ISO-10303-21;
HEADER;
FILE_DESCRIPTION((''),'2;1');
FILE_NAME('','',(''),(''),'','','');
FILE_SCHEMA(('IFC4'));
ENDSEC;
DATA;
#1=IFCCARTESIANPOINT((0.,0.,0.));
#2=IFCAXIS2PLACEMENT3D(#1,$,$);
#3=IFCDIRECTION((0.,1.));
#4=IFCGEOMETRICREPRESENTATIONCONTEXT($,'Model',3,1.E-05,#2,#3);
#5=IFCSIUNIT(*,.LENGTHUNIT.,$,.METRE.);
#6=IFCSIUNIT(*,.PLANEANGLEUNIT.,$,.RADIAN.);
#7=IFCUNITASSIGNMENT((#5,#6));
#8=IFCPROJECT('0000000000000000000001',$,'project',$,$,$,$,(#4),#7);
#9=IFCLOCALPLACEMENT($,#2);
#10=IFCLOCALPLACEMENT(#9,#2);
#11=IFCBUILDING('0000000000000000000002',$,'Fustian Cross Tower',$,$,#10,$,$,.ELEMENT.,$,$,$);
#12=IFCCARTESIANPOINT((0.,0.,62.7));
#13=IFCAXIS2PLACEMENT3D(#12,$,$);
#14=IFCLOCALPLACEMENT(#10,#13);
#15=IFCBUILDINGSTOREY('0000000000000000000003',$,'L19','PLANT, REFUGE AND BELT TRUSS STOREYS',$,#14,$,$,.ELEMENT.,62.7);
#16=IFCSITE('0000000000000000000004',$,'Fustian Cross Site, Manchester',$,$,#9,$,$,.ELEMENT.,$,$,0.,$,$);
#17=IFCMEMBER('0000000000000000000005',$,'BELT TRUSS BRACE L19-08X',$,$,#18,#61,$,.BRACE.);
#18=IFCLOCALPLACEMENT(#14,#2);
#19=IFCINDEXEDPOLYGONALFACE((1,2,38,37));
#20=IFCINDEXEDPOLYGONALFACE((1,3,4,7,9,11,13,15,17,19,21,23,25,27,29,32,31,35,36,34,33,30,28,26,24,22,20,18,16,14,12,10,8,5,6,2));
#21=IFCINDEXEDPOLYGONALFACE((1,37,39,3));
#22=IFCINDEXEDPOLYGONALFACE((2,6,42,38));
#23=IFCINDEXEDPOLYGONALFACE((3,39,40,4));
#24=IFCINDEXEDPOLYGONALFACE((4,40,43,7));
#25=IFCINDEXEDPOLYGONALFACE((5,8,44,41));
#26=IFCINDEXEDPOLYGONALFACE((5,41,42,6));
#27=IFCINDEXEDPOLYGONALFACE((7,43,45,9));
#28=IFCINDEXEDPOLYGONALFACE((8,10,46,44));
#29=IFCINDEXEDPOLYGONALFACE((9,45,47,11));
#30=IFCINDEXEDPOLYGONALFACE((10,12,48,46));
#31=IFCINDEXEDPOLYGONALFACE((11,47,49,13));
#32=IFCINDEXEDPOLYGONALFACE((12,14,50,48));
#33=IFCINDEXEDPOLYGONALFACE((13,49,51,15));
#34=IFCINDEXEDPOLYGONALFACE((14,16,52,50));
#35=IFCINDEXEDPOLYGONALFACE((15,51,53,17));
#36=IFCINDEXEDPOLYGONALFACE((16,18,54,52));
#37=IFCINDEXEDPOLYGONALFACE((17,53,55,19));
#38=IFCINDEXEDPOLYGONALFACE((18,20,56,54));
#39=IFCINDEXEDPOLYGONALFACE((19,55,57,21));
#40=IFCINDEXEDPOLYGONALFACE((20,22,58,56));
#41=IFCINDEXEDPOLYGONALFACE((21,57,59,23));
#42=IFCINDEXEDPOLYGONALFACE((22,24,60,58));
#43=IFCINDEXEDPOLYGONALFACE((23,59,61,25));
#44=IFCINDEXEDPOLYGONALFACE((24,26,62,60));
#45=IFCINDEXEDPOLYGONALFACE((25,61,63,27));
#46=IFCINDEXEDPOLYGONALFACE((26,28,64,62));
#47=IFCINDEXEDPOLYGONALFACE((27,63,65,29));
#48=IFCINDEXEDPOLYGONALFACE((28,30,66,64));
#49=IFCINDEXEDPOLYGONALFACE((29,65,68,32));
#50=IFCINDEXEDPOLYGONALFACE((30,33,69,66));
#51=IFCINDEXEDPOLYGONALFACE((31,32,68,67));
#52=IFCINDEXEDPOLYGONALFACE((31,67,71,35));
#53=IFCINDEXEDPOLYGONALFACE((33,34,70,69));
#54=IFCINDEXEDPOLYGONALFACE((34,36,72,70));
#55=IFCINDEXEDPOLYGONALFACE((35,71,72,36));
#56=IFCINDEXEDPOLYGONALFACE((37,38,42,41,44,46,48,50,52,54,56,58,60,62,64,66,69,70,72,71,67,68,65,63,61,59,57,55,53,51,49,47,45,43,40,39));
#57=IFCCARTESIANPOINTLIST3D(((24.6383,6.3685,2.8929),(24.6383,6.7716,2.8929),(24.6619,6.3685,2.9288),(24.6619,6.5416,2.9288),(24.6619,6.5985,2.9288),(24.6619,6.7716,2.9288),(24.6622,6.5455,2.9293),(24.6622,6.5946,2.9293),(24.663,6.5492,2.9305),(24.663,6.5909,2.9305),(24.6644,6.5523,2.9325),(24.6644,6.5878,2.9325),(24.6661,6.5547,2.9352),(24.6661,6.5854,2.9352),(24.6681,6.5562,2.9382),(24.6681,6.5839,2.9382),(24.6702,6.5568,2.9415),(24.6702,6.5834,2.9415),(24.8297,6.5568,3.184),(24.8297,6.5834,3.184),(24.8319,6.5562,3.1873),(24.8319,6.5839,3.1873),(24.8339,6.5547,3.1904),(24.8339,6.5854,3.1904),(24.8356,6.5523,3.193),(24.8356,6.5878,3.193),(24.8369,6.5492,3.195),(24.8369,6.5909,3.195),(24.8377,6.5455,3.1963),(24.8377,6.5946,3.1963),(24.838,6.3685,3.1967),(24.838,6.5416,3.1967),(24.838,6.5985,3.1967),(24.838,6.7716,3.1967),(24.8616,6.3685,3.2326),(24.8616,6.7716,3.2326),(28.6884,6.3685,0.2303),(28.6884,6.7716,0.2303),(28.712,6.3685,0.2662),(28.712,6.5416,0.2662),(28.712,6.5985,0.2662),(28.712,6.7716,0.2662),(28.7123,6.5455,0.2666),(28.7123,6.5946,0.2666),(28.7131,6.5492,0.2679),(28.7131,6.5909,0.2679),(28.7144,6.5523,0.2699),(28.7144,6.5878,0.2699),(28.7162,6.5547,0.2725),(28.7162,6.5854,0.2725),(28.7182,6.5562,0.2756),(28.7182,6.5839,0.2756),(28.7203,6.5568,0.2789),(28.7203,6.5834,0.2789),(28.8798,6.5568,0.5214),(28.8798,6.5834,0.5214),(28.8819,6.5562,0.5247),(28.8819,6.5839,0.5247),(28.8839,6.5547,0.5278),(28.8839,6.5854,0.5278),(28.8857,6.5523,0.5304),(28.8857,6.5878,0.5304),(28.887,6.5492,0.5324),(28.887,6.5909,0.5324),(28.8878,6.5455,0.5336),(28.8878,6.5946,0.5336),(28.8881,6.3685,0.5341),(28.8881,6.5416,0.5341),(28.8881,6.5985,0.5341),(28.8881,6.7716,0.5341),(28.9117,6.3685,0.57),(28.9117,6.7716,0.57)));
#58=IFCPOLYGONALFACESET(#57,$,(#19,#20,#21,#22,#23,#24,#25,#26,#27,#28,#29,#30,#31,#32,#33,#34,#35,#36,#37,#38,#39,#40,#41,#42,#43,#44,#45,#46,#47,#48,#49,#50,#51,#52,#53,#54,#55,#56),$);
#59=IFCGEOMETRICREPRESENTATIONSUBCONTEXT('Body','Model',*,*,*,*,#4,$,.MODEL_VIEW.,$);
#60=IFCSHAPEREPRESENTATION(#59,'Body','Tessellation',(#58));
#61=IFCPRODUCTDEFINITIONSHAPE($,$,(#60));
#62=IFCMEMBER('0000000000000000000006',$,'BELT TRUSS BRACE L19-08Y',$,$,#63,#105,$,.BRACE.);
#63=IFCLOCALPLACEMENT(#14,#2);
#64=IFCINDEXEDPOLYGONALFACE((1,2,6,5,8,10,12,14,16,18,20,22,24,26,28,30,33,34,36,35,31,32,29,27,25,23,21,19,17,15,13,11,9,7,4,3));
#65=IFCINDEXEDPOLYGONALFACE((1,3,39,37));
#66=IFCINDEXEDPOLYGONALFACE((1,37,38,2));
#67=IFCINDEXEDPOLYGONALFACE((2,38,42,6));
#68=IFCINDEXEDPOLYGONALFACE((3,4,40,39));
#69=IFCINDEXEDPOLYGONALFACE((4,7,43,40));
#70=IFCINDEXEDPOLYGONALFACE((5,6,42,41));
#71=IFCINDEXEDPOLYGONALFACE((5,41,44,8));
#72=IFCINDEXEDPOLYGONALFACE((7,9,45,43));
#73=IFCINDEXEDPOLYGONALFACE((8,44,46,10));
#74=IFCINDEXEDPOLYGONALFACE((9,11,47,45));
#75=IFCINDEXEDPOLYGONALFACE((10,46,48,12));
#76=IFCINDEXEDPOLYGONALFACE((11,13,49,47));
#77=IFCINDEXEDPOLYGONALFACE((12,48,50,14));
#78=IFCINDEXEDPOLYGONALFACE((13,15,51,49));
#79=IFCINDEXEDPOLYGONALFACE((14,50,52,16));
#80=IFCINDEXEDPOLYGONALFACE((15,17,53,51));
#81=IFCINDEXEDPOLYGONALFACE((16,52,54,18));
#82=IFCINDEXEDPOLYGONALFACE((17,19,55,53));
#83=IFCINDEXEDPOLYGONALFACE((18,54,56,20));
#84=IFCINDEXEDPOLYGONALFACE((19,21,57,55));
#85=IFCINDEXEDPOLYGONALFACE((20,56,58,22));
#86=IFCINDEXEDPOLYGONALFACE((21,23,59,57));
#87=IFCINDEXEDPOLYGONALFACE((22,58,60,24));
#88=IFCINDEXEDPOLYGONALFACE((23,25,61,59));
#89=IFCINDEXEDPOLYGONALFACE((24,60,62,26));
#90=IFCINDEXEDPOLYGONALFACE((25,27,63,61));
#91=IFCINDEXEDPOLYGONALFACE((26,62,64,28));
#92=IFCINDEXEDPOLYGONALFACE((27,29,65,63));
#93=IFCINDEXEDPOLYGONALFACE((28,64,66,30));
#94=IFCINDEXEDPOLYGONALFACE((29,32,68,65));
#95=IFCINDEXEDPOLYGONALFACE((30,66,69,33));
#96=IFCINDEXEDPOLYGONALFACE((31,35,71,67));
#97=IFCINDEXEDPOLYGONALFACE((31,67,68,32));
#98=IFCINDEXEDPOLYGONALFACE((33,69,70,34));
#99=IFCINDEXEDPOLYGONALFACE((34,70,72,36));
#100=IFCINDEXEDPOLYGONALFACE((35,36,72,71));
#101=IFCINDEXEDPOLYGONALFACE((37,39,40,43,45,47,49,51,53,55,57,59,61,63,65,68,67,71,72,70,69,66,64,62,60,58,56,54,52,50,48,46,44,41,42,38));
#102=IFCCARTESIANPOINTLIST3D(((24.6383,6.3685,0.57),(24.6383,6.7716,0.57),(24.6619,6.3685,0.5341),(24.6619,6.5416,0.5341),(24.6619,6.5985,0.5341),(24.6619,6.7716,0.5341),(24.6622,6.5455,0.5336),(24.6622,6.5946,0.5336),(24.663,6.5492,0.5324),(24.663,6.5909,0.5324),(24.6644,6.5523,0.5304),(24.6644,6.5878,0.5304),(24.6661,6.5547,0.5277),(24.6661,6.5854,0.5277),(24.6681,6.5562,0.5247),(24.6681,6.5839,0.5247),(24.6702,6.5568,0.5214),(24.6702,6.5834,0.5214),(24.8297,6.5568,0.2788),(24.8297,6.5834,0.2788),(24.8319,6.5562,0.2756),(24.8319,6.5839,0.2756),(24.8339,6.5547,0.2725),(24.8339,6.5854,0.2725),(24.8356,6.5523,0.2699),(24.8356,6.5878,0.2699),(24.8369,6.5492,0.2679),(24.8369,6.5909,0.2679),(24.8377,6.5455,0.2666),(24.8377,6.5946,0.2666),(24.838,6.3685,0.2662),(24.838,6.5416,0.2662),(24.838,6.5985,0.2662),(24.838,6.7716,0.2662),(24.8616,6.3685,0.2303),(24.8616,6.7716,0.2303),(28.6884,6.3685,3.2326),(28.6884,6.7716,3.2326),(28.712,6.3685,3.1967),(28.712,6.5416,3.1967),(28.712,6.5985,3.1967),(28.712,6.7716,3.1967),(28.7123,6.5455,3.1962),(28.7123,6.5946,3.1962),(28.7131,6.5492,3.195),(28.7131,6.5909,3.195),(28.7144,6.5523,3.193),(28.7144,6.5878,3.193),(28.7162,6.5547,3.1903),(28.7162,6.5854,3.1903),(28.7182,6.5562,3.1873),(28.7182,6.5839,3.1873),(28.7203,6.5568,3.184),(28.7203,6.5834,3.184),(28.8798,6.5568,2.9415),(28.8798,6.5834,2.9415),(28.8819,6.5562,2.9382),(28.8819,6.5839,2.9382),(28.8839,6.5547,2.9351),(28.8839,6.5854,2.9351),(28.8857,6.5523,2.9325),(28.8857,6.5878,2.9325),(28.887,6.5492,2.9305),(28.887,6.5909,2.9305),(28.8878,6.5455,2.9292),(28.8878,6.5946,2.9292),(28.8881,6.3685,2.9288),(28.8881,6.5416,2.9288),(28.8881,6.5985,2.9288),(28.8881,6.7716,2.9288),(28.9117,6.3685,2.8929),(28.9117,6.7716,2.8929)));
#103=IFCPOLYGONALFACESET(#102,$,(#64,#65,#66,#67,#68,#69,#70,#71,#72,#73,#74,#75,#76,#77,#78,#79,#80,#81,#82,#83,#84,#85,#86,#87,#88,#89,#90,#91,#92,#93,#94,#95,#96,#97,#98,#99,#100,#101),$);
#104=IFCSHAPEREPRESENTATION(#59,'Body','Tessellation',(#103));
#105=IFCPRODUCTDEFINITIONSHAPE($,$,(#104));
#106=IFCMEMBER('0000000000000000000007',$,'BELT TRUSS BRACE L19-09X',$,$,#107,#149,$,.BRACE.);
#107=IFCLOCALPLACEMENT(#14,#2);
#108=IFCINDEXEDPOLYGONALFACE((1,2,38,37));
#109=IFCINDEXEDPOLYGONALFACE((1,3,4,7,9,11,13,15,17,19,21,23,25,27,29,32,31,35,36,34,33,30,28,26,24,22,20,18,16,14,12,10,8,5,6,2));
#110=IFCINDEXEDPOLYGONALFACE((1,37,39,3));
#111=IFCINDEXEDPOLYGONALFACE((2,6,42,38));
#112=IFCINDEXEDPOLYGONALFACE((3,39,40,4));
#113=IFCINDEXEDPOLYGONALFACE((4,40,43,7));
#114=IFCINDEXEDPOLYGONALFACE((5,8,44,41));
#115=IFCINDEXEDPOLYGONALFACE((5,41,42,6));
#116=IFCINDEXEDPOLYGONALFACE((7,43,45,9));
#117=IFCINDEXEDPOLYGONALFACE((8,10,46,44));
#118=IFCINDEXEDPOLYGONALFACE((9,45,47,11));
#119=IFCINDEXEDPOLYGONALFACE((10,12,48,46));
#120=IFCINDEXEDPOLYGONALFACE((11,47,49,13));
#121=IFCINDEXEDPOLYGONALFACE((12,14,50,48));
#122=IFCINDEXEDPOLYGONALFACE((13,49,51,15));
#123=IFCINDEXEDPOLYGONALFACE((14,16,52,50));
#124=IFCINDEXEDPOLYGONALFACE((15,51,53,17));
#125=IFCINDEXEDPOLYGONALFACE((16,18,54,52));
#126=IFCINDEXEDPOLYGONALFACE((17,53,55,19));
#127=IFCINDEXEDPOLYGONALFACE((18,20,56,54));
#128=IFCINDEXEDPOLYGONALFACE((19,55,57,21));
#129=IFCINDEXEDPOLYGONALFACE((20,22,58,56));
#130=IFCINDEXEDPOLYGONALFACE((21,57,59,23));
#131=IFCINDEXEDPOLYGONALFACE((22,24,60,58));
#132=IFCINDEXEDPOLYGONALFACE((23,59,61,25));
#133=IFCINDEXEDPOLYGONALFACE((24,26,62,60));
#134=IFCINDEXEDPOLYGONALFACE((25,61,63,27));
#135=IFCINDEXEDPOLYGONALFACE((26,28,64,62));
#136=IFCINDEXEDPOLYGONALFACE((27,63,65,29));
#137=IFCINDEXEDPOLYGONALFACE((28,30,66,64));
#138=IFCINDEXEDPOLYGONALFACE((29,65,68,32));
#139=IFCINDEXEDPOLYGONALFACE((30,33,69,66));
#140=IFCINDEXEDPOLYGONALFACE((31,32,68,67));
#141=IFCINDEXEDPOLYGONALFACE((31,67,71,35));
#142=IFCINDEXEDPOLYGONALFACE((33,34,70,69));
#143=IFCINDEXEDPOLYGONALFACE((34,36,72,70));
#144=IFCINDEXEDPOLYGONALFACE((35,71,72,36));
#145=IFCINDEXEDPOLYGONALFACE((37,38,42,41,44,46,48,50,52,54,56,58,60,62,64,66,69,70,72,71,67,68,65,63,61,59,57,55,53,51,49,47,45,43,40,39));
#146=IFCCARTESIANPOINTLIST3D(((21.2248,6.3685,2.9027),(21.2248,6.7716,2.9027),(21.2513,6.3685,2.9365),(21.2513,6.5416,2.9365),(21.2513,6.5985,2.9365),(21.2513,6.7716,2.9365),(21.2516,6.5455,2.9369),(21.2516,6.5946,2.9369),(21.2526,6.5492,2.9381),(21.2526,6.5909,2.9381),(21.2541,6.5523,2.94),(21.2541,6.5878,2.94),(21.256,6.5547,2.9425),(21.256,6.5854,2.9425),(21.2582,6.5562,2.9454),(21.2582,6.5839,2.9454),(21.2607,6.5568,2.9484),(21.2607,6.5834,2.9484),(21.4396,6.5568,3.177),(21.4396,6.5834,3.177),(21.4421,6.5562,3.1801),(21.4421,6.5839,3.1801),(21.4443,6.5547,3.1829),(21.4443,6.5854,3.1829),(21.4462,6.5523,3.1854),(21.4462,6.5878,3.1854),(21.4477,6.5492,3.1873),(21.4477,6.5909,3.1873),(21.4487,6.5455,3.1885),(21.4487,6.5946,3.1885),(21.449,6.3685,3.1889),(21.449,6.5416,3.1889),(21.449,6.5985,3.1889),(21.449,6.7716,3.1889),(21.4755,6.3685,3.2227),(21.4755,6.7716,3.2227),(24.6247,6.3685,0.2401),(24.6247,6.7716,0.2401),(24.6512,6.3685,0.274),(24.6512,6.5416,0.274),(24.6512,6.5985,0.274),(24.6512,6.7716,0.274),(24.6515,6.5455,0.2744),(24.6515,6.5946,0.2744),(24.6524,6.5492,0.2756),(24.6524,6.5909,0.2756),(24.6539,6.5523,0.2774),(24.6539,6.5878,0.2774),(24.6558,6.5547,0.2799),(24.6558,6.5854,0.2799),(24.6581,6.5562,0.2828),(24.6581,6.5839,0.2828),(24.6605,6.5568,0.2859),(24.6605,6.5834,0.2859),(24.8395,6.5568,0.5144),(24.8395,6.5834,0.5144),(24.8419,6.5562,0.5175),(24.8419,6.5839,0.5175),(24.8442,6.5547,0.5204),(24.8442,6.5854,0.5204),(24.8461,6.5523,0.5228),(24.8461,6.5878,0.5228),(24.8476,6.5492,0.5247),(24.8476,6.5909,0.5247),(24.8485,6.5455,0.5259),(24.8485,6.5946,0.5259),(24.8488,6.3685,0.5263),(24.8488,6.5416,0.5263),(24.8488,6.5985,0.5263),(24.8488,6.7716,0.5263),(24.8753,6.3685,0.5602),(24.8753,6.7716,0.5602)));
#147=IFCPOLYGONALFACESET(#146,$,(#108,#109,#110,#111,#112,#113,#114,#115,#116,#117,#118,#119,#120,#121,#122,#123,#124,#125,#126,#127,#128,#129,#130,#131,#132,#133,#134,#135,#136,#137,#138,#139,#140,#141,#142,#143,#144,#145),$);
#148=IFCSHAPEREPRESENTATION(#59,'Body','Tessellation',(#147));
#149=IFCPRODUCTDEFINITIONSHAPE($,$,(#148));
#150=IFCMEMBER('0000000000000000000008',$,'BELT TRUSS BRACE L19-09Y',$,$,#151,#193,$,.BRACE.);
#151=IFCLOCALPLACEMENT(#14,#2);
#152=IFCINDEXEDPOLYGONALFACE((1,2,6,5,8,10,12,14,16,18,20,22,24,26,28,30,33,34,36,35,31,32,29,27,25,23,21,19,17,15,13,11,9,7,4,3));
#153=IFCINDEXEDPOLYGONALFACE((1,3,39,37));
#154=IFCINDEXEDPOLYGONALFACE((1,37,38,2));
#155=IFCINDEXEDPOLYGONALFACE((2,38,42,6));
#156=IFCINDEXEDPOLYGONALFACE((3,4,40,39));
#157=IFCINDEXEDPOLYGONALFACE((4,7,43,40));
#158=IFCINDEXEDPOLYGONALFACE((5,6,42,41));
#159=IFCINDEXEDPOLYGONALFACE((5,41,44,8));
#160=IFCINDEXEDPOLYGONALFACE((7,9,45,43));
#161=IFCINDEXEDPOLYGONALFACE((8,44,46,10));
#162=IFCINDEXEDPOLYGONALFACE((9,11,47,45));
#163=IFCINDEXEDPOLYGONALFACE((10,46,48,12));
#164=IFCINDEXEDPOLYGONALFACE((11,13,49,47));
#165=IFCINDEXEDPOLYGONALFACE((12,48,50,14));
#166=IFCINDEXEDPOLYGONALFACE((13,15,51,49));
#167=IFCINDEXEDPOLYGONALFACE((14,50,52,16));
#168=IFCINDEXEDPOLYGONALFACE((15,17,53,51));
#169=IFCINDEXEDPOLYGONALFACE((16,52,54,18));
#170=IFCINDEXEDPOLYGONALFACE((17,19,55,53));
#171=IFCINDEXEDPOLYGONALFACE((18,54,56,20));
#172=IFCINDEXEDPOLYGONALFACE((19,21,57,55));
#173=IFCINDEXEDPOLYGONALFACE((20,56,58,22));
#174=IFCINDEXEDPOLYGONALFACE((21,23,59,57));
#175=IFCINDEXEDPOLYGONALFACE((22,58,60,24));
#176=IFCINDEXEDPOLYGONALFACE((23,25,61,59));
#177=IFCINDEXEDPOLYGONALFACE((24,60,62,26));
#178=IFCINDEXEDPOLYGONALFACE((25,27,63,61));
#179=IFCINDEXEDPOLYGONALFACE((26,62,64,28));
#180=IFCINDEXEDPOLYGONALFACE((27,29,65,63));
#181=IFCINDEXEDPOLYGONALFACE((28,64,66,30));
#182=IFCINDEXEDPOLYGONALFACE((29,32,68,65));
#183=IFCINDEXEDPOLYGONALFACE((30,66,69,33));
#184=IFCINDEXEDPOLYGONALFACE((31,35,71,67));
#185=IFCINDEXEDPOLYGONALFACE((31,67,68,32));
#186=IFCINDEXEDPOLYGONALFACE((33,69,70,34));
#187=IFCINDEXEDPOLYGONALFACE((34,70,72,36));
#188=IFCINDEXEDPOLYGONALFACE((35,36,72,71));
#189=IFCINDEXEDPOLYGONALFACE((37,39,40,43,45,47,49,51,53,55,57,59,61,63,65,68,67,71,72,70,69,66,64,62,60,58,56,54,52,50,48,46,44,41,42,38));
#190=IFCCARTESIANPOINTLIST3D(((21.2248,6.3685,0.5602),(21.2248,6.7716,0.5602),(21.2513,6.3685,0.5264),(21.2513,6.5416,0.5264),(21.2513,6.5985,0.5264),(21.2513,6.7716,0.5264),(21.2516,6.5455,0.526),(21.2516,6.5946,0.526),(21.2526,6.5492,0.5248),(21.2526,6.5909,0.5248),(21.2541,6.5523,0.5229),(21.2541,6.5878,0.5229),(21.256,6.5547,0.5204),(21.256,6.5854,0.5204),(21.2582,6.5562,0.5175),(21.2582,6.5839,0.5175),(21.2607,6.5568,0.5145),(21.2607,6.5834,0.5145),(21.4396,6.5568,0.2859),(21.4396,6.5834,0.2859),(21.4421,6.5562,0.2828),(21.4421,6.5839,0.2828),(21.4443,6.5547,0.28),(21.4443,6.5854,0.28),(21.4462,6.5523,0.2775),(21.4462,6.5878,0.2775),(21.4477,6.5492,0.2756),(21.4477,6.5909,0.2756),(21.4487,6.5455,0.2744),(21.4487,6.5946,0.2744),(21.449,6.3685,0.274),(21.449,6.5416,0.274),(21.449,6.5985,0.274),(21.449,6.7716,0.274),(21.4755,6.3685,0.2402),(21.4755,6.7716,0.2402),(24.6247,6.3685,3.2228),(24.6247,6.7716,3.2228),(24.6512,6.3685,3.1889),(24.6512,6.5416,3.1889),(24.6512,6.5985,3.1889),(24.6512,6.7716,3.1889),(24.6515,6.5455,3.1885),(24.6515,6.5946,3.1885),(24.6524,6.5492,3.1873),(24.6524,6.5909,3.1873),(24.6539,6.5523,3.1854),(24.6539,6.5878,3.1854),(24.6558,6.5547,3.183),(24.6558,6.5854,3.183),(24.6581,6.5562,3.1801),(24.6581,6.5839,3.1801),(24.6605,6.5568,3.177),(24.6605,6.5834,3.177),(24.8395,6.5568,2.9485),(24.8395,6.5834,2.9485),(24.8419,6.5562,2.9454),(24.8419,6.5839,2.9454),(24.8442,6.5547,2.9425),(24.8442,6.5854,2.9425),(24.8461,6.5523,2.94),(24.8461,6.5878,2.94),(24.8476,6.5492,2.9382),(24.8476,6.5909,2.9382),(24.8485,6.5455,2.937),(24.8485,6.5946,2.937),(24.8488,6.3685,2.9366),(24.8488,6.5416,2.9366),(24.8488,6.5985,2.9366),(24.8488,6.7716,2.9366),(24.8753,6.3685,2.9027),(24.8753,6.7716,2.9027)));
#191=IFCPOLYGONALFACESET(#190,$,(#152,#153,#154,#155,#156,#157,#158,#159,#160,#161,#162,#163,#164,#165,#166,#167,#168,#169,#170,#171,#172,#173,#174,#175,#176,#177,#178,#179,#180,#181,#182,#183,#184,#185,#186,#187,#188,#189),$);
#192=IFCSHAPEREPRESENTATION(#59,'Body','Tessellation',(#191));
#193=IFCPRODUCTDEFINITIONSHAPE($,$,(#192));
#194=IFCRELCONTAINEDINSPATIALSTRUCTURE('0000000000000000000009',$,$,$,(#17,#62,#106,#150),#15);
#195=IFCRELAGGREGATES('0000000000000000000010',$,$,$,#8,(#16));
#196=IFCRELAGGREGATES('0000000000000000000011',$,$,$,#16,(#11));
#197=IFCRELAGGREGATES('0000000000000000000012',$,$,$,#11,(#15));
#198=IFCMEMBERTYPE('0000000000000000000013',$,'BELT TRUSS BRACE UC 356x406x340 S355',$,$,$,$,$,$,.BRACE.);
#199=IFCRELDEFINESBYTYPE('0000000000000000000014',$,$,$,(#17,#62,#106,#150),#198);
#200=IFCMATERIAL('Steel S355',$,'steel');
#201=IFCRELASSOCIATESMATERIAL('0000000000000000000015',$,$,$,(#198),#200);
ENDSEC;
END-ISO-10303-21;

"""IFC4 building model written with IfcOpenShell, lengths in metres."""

from ifc_helpers import new_model, si_unit, direction, frame, origin, origin_2d, place, context, subcontext, project, spatial, i_section, extrude, material, material_profile, profile_set, type_object, element, save


model = new_model("IFC4")

# Units and contexts
model_context = context("Model", 3, precision=1e-05, world=origin(), true_north=direction((0.0, 1.0)))
body_context = subcontext(model_context, "Body", "Model", "MODEL_VIEW")
ifc_project = project(units=[si_unit("LENGTHUNIT", "METRE"), si_unit("PLANEANGLEUNIT", "RADIAN")], contexts=[model_context])

# Site, building, storey
site_placement = place(None, origin())
site = spatial("IfcSite", under=ifc_project, at=site_placement, Name="Fustian Cross Site, Manchester", CompositionType="ELEMENT", RefElevation=0.0)
building_placement = place(site_placement, origin())
building = spatial("IfcBuilding", under=site, at=building_placement, Name="Fustian Cross Tower", CompositionType="ELEMENT")
storey_placement = place(building_placement, frame((0.0, 0.0, 62.7)))
storey = spatial("IfcBuildingStorey", under=building, at=storey_placement, Name="L19", Description="PLANT, REFUGE AND BELT TRUSS STOREYS", CompositionType="ELEMENT", Elevation=62.7)

# Members
ifc_material_1 = material(Name="Steel S355", Category="steel")
ifc_material_profile_1 = material_profile(ifc_material_1, i_section(OverallWidth=0.4031, OverallDepth=0.4065, WebThickness=0.0266, FlangeThickness=0.043, FilletRadius=0.0151, at=origin_2d()), Name="UC 356x406x340")
ifc_profile_set_1 = profile_set([ifc_material_profile_1], Name="Steel S355")
member_type_1 = type_object("IfcMemberType", Name="BELT TRUSS BRACE UC 356x406x340 S355", PredefinedType="BRACE", material=ifc_profile_set_1)
for number, where, z_axis, x_axis, name in (
    (1, (28.8, 6.5701, 0.4001), (-0.835598, 0.0, 0.549342), (0.0, -1.0, 0.0), "BELT TRUSS BRACE L19-08X"),
    (2, (28.8, 6.5701, 3.0627), (-0.835598, 0.0, -0.549342), (0.0, -1.0, 0.0), "BELT TRUSS BRACE L19-08Y"),
):
    element("IfcMember", number, at=place(storey_placement, frame(where, z_axis=z_axis, x_axis=x_axis)), inside=storey, type_object=member_type_1, Name=name, PredefinedType="BRACE", context=body_context, shape_type="SweptSolid", body=[
        extrude(i_section(OverallWidth=0.4031, OverallDepth=0.4065, WebThickness=0.0266, FlangeThickness=0.043, FilletRadius=0.0151, at=origin_2d()), origin(), (0.0, 0.0, 1.0), 4.8469),
    ])
for number, where, z_axis, x_axis, name in (
    (3, (24.75, 6.5701, 0.4001), (-0.787302, 0.0, 0.616567), (0.0, -1.0, 0.0), "BELT TRUSS BRACE L19-09X"),
    (4, (24.75, 6.5701, 3.0627), (-0.787302, 0.0, -0.616567), (0.0, -1.0, 0.0), "BELT TRUSS BRACE L19-09Y"),
):
    element("IfcMember", number, at=place(storey_placement, frame(where, z_axis=z_axis, x_axis=x_axis)), inside=storey, type_object=member_type_1, Name=name, PredefinedType="BRACE", context=body_context, shape_type="SweptSolid", body=[
        extrude(i_section(OverallWidth=0.4031, OverallDepth=0.4065, WebThickness=0.0266, FlangeThickness=0.043, FilletRadius=0.0151, at=origin_2d()), origin(), (0.0, 0.0, 1.0), 4.3184),
    ])

save(model, "model.ifc")
